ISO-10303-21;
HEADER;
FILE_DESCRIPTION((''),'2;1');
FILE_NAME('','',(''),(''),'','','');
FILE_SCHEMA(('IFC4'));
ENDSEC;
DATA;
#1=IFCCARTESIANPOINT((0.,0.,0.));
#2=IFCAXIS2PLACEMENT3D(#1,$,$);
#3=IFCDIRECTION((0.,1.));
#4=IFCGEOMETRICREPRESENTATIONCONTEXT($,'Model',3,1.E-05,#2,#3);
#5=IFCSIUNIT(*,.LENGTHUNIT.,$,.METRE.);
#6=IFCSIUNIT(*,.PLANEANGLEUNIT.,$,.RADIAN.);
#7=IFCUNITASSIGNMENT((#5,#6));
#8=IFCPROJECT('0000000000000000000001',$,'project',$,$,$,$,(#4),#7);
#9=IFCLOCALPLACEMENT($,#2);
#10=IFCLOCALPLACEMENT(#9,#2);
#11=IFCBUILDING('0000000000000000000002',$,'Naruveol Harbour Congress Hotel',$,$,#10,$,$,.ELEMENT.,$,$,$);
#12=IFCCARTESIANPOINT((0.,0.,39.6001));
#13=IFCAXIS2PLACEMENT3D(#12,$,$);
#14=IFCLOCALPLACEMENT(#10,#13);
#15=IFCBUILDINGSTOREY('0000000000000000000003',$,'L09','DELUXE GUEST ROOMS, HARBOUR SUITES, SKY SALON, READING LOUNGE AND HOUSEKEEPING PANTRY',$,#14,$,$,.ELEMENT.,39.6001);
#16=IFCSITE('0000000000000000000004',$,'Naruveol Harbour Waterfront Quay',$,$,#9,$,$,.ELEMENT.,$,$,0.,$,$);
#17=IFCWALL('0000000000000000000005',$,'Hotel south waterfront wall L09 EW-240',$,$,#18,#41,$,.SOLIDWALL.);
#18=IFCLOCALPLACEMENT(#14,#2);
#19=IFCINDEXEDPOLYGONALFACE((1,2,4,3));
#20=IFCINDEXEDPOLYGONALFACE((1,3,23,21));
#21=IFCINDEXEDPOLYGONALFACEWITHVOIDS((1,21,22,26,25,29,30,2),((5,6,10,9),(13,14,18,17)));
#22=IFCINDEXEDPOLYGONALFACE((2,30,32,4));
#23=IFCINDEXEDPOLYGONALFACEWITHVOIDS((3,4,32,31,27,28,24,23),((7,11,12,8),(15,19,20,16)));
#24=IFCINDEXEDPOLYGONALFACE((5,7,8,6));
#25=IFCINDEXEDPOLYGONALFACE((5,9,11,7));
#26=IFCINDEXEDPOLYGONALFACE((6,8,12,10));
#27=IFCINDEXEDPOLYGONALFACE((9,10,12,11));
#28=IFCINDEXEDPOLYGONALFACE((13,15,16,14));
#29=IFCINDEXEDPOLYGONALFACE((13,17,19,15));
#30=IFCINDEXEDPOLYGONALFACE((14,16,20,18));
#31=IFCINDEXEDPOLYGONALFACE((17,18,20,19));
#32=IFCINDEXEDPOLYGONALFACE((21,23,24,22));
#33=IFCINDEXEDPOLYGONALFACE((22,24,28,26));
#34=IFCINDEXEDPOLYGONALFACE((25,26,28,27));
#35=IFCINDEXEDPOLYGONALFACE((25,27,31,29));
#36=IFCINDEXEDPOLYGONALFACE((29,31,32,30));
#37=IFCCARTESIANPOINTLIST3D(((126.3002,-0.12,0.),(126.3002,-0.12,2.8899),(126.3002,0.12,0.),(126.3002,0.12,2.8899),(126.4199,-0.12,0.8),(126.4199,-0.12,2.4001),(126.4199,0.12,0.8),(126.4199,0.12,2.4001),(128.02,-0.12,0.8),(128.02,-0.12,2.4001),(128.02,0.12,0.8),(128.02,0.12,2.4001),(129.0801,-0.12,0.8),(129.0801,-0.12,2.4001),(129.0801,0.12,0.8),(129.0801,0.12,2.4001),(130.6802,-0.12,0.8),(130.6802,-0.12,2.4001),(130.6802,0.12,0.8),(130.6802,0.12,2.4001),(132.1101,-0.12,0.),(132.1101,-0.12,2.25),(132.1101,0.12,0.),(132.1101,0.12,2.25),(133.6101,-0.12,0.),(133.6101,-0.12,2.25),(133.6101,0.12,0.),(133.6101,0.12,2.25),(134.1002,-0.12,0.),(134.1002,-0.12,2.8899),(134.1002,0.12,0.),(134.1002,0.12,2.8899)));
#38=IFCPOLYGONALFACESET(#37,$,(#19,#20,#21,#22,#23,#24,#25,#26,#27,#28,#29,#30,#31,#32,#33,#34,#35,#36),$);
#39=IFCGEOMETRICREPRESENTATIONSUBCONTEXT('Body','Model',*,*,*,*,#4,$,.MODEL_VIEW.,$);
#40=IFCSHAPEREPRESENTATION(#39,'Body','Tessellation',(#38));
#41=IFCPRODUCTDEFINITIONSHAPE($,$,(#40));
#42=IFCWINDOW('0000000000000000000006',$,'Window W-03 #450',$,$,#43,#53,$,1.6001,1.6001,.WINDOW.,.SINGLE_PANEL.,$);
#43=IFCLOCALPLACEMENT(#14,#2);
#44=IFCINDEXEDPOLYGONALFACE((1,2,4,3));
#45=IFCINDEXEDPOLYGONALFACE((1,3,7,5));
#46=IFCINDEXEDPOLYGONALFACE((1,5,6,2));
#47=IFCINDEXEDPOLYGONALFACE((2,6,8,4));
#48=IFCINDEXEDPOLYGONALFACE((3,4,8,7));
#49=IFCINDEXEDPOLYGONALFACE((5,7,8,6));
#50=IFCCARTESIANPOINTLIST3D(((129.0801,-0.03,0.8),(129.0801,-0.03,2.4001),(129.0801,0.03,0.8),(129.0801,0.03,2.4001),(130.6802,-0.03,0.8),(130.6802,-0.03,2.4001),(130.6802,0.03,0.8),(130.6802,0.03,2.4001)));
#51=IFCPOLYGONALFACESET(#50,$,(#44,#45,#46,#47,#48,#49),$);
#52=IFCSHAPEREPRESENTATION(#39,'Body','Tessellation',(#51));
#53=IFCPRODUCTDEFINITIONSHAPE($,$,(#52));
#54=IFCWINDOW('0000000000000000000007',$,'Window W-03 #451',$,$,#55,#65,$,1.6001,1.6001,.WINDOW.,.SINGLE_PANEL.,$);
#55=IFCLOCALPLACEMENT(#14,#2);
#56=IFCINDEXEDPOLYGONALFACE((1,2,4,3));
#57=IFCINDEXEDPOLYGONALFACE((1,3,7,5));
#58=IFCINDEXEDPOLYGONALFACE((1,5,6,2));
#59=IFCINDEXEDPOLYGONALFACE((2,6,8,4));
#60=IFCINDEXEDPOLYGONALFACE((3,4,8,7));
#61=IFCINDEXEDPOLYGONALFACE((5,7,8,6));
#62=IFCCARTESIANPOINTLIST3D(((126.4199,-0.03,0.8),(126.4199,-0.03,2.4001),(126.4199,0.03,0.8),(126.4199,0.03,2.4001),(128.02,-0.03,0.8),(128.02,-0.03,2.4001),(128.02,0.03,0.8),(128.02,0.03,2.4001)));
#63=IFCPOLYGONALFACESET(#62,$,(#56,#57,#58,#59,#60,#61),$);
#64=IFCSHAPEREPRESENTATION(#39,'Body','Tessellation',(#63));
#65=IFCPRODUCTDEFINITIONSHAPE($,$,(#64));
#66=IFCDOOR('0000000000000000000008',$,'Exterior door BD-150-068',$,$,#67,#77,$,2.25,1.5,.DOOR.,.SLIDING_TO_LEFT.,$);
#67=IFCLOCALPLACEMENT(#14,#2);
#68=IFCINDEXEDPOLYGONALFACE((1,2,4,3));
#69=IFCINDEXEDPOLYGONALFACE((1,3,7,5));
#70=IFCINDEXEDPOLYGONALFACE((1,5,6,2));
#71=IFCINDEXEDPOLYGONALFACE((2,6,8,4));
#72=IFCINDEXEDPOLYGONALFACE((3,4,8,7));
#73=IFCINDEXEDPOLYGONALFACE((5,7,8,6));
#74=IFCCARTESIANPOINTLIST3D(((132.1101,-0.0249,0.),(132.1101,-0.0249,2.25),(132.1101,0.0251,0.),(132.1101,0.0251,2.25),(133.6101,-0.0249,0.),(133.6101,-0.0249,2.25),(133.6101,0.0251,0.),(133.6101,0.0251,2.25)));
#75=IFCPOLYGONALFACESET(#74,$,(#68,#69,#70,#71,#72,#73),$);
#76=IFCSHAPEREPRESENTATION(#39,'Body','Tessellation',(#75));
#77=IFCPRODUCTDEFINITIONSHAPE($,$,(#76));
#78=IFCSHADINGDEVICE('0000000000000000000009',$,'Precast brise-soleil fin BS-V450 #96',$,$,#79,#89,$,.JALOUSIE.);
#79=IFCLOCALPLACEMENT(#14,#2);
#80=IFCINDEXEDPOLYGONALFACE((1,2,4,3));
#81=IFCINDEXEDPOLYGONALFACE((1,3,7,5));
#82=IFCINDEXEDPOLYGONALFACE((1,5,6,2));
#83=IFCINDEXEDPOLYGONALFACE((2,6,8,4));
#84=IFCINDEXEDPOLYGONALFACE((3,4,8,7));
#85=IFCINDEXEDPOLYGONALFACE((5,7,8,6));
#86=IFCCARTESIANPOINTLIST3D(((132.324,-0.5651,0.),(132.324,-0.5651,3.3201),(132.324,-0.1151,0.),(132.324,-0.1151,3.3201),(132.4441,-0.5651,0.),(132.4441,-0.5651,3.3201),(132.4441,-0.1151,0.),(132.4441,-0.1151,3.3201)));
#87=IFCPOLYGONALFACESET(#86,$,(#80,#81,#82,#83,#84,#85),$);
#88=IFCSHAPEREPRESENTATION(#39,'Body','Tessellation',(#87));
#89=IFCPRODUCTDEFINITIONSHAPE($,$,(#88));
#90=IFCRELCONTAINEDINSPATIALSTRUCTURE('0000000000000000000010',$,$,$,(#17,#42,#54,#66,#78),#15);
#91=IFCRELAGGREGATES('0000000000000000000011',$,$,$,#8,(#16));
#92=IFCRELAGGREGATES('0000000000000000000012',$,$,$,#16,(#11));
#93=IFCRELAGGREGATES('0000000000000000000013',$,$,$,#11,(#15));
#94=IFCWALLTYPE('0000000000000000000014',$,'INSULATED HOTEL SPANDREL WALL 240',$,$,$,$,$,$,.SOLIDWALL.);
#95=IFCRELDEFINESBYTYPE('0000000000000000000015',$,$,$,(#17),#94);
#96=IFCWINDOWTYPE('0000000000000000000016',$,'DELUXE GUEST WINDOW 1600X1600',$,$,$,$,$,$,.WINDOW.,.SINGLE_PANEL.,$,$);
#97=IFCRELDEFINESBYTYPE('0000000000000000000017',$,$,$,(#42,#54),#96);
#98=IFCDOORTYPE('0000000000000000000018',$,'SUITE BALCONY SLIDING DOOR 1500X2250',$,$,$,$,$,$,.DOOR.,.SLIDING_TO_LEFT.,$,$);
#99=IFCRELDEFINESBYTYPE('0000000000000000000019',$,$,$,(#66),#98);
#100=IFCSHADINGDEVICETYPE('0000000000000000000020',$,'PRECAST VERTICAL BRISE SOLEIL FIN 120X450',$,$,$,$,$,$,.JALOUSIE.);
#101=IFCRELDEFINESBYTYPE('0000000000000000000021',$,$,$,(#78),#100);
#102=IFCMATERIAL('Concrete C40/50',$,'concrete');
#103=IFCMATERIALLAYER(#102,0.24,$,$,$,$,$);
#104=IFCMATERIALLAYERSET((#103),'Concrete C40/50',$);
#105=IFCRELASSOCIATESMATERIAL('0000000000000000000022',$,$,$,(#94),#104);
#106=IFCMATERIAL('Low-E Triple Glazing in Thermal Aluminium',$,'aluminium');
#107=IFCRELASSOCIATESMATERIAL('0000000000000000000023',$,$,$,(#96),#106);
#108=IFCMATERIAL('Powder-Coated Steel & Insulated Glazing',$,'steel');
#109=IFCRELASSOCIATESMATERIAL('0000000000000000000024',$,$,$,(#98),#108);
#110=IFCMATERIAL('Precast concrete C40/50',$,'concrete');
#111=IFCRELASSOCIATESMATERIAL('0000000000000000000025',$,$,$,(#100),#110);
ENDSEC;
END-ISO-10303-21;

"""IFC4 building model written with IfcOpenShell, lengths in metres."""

from ifc_helpers import new_model, si_unit, direction, frame, frame_2d, origin, origin_2d, place, context, subcontext, project, spatial, rectangle, extrude, material, layer, layer_set, type_object, element, fill, save


model = new_model("IFC4")

# Units and contexts
model_context = context("Model", 3, precision=1e-05, world=origin(), true_north=direction((0.0, 1.0)))
body_context = subcontext(model_context, "Body", "Model", "MODEL_VIEW")
ifc_project = project(units=[si_unit("LENGTHUNIT", "METRE"), si_unit("PLANEANGLEUNIT", "RADIAN")], contexts=[model_context])

# Site, building, storey
site_placement = place(None, origin())
site = spatial("IfcSite", under=ifc_project, at=site_placement, Name="Naruveol Harbour Waterfront Quay", CompositionType="ELEMENT", RefElevation=0.0)
building_placement = place(site_placement, origin())
building = spatial("IfcBuilding", under=site, at=building_placement, Name="Naruveol Harbour Congress Hotel", CompositionType="ELEMENT")
storey_placement = place(building_placement, frame((0.0, 0.0, 39.6001)))
storey = spatial("IfcBuildingStorey", under=building, at=storey_placement, Name="L09", Description="DELUXE GUEST ROOMS, HARBOUR SUITES, SKY SALON, READING LOUNGE AND HOUSEKEEPING PANTRY", CompositionType="ELEMENT", Elevation=39.6001)

# Wall, openings, windows, door
ifc_material_1 = material(Name="Concrete C40/50", Category="concrete")
ifc_layer_1 = layer(ifc_material_1, 0.24)
ifc_layer_set_1 = layer_set([ifc_layer_1], Name="Concrete C40/50")
wall_type_1 = type_object("IfcWallType", Name="INSULATED HOTEL SPANDREL WALL 240", PredefinedType="SOLIDWALL", material=ifc_layer_set_1)
wall_1_placement = place(storey_placement, frame((134.1001, 0.0, 0.0), z_axis=(0.0, 0.0, 1.0), x_axis=(-1.0, 0.0, 0.0)))
wall_1 = element("IfcWall", 1, at=wall_1_placement, inside=storey, type_object=wall_type_1, Name="Hotel south waterfront wall L09 EW-240", PredefinedType="SOLIDWALL", context=body_context, shape_type="SweptSolid", body=[
    extrude(rectangle(XDim=7.8, YDim=0.24, at=frame_2d((3.8999, 0.0))), origin(), (0.0, 0.0, 1.0), 2.8899),
])
opening_1_placement = place(wall_1_placement, frame((0.49, 0.0, 0.0)))
opening_1 = element("IfcOpeningElement", 2, at=opening_1_placement, cuts=wall_1, PredefinedType="OPENING", context=body_context, shape_type="SweptSolid", body=[
    extrude(rectangle(XDim=1.5, YDim=2.25, at=frame_2d((0.75, 1.125))), frame((0.0, 0.1299, 0.0), z_axis=(0.0, -1.0, 0.0), x_axis=(1.0, 0.0, 0.0)), (0.0, 0.0, 1.0), 0.26),
])
opening_2_placement = place(wall_1_placement, frame((3.4199, 0.0, 0.8)))
opening_2 = element("IfcOpeningElement", 3, at=opening_2_placement, cuts=wall_1, PredefinedType="OPENING", context=body_context, shape_type="SweptSolid", body=[
    extrude(rectangle(XDim=1.6001, YDim=1.6001, at=frame_2d((0.8, 0.8))), frame((0.0, 0.1299, 0.0), z_axis=(0.0, -1.0, 0.0), x_axis=(1.0, 0.0, 0.0)), (0.0, 0.0, 1.0), 0.26),
])
opening_3_placement = place(wall_1_placement, frame((6.0801, 0.0, 0.8)))
opening_3 = element("IfcOpeningElement", 4, at=opening_3_placement, cuts=wall_1, PredefinedType="OPENING", context=body_context, shape_type="SweptSolid", body=[
    extrude(rectangle(XDim=1.6001, YDim=1.6001, at=frame_2d((0.8, 0.8))), frame((0.0, 0.1299, 0.0), z_axis=(0.0, -1.0, 0.0), x_axis=(1.0, 0.0, 0.0)), (0.0, 0.0, 1.0), 0.26),
])
ifc_material_2 = material(Name="Low-E Triple Glazing in Thermal Aluminium", Category="aluminium")
window_type = type_object("IfcWindowType", Name="DELUXE GUEST WINDOW 1600X1600", PartitioningType="SINGLE_PANEL", PredefinedType="WINDOW", material=ifc_material_2)
window_1_placement = place(opening_2_placement, origin())
window_1 = element("IfcWindow", 5, at=window_1_placement, inside=storey, type_object=window_type, Name="Window W-03 #450", OverallHeight=1.6001, OverallWidth=1.6001, PartitioningType="SINGLE_PANEL", PredefinedType="WINDOW", context=body_context, shape_type="SweptSolid", body=[
    extrude(rectangle(XDim=1.6001, YDim=1.6001, at=frame_2d((0.8, 0.8))), frame((0.0, 0.03, 0.0), z_axis=(0.0, -1.0, 0.0), x_axis=(1.0, 0.0, 0.0)), (0.0, 0.0, 1.0), 0.0601),
])
fill(opening_2, window_1)
window_2_placement = place(opening_3_placement, origin())
window_2 = element("IfcWindow", 6, at=window_2_placement, inside=storey, type_object=window_type, Name="Window W-03 #451", OverallHeight=1.6001, OverallWidth=1.6001, PartitioningType="SINGLE_PANEL", PredefinedType="WINDOW", context=body_context, shape_type="SweptSolid", body=[
    extrude(rectangle(XDim=1.6001, YDim=1.6001, at=frame_2d((0.8, 0.8))), frame((0.0, 0.03, 0.0), z_axis=(0.0, -1.0, 0.0), x_axis=(1.0, 0.0, 0.0)), (0.0, 0.0, 1.0), 0.0601),
])
fill(opening_3, window_2)
ifc_material_3 = material(Name="Powder-Coated Steel & Insulated Glazing", Category="steel")
door_type_1 = type_object("IfcDoorType", Name="SUITE BALCONY SLIDING DOOR 1500X2250", OperationType="SLIDING_TO_LEFT", PredefinedType="DOOR", material=ifc_material_3)
door_1_placement = place(opening_1_placement, origin())
door_1 = element("IfcDoor", 7, at=door_1_placement, inside=storey, type_object=door_type_1, Name="Exterior door BD-150-068", OperationType="SLIDING_TO_LEFT", OverallHeight=2.25, OverallWidth=1.5, PredefinedType="DOOR", context=body_context, shape_type="SweptSolid", body=[
    extrude(rectangle(XDim=1.5, YDim=2.25, at=frame_2d((0.75, 1.125))), frame((0.0, 0.0249, 0.0), z_axis=(0.0, -1.0, 0.0), x_axis=(1.0, 0.0, 0.0)), (0.0, 0.0, 1.0), 0.05),
])
fill(opening_1, door_1)

# Shading device
ifc_material_4 = material(Name="Precast concrete C40/50", Category="concrete")
shading_device_type = type_object("IfcShadingDeviceType", Name="PRECAST VERTICAL BRISE SOLEIL FIN 120X450", PredefinedType="JALOUSIE", material=ifc_material_4)
shading_device_placement = place(storey_placement, frame((132.384, -0.3401, 0.0), z_axis=(0.0, 0.0, 1.0), x_axis=(-1.0, 0.0, 0.0)))
element("IfcShadingDevice", 8, at=shading_device_placement, inside=storey, type_object=shading_device_type, Name="Precast brise-soleil fin BS-V450 #96", PredefinedType="JALOUSIE", context=body_context, shape_type="SweptSolid", body=[
    extrude(rectangle(XDim=0.1201, YDim=0.45, at=origin_2d()), origin(), (0.0, 0.0, 1.0), 3.3201),
])

save(model, "model.ifc")
